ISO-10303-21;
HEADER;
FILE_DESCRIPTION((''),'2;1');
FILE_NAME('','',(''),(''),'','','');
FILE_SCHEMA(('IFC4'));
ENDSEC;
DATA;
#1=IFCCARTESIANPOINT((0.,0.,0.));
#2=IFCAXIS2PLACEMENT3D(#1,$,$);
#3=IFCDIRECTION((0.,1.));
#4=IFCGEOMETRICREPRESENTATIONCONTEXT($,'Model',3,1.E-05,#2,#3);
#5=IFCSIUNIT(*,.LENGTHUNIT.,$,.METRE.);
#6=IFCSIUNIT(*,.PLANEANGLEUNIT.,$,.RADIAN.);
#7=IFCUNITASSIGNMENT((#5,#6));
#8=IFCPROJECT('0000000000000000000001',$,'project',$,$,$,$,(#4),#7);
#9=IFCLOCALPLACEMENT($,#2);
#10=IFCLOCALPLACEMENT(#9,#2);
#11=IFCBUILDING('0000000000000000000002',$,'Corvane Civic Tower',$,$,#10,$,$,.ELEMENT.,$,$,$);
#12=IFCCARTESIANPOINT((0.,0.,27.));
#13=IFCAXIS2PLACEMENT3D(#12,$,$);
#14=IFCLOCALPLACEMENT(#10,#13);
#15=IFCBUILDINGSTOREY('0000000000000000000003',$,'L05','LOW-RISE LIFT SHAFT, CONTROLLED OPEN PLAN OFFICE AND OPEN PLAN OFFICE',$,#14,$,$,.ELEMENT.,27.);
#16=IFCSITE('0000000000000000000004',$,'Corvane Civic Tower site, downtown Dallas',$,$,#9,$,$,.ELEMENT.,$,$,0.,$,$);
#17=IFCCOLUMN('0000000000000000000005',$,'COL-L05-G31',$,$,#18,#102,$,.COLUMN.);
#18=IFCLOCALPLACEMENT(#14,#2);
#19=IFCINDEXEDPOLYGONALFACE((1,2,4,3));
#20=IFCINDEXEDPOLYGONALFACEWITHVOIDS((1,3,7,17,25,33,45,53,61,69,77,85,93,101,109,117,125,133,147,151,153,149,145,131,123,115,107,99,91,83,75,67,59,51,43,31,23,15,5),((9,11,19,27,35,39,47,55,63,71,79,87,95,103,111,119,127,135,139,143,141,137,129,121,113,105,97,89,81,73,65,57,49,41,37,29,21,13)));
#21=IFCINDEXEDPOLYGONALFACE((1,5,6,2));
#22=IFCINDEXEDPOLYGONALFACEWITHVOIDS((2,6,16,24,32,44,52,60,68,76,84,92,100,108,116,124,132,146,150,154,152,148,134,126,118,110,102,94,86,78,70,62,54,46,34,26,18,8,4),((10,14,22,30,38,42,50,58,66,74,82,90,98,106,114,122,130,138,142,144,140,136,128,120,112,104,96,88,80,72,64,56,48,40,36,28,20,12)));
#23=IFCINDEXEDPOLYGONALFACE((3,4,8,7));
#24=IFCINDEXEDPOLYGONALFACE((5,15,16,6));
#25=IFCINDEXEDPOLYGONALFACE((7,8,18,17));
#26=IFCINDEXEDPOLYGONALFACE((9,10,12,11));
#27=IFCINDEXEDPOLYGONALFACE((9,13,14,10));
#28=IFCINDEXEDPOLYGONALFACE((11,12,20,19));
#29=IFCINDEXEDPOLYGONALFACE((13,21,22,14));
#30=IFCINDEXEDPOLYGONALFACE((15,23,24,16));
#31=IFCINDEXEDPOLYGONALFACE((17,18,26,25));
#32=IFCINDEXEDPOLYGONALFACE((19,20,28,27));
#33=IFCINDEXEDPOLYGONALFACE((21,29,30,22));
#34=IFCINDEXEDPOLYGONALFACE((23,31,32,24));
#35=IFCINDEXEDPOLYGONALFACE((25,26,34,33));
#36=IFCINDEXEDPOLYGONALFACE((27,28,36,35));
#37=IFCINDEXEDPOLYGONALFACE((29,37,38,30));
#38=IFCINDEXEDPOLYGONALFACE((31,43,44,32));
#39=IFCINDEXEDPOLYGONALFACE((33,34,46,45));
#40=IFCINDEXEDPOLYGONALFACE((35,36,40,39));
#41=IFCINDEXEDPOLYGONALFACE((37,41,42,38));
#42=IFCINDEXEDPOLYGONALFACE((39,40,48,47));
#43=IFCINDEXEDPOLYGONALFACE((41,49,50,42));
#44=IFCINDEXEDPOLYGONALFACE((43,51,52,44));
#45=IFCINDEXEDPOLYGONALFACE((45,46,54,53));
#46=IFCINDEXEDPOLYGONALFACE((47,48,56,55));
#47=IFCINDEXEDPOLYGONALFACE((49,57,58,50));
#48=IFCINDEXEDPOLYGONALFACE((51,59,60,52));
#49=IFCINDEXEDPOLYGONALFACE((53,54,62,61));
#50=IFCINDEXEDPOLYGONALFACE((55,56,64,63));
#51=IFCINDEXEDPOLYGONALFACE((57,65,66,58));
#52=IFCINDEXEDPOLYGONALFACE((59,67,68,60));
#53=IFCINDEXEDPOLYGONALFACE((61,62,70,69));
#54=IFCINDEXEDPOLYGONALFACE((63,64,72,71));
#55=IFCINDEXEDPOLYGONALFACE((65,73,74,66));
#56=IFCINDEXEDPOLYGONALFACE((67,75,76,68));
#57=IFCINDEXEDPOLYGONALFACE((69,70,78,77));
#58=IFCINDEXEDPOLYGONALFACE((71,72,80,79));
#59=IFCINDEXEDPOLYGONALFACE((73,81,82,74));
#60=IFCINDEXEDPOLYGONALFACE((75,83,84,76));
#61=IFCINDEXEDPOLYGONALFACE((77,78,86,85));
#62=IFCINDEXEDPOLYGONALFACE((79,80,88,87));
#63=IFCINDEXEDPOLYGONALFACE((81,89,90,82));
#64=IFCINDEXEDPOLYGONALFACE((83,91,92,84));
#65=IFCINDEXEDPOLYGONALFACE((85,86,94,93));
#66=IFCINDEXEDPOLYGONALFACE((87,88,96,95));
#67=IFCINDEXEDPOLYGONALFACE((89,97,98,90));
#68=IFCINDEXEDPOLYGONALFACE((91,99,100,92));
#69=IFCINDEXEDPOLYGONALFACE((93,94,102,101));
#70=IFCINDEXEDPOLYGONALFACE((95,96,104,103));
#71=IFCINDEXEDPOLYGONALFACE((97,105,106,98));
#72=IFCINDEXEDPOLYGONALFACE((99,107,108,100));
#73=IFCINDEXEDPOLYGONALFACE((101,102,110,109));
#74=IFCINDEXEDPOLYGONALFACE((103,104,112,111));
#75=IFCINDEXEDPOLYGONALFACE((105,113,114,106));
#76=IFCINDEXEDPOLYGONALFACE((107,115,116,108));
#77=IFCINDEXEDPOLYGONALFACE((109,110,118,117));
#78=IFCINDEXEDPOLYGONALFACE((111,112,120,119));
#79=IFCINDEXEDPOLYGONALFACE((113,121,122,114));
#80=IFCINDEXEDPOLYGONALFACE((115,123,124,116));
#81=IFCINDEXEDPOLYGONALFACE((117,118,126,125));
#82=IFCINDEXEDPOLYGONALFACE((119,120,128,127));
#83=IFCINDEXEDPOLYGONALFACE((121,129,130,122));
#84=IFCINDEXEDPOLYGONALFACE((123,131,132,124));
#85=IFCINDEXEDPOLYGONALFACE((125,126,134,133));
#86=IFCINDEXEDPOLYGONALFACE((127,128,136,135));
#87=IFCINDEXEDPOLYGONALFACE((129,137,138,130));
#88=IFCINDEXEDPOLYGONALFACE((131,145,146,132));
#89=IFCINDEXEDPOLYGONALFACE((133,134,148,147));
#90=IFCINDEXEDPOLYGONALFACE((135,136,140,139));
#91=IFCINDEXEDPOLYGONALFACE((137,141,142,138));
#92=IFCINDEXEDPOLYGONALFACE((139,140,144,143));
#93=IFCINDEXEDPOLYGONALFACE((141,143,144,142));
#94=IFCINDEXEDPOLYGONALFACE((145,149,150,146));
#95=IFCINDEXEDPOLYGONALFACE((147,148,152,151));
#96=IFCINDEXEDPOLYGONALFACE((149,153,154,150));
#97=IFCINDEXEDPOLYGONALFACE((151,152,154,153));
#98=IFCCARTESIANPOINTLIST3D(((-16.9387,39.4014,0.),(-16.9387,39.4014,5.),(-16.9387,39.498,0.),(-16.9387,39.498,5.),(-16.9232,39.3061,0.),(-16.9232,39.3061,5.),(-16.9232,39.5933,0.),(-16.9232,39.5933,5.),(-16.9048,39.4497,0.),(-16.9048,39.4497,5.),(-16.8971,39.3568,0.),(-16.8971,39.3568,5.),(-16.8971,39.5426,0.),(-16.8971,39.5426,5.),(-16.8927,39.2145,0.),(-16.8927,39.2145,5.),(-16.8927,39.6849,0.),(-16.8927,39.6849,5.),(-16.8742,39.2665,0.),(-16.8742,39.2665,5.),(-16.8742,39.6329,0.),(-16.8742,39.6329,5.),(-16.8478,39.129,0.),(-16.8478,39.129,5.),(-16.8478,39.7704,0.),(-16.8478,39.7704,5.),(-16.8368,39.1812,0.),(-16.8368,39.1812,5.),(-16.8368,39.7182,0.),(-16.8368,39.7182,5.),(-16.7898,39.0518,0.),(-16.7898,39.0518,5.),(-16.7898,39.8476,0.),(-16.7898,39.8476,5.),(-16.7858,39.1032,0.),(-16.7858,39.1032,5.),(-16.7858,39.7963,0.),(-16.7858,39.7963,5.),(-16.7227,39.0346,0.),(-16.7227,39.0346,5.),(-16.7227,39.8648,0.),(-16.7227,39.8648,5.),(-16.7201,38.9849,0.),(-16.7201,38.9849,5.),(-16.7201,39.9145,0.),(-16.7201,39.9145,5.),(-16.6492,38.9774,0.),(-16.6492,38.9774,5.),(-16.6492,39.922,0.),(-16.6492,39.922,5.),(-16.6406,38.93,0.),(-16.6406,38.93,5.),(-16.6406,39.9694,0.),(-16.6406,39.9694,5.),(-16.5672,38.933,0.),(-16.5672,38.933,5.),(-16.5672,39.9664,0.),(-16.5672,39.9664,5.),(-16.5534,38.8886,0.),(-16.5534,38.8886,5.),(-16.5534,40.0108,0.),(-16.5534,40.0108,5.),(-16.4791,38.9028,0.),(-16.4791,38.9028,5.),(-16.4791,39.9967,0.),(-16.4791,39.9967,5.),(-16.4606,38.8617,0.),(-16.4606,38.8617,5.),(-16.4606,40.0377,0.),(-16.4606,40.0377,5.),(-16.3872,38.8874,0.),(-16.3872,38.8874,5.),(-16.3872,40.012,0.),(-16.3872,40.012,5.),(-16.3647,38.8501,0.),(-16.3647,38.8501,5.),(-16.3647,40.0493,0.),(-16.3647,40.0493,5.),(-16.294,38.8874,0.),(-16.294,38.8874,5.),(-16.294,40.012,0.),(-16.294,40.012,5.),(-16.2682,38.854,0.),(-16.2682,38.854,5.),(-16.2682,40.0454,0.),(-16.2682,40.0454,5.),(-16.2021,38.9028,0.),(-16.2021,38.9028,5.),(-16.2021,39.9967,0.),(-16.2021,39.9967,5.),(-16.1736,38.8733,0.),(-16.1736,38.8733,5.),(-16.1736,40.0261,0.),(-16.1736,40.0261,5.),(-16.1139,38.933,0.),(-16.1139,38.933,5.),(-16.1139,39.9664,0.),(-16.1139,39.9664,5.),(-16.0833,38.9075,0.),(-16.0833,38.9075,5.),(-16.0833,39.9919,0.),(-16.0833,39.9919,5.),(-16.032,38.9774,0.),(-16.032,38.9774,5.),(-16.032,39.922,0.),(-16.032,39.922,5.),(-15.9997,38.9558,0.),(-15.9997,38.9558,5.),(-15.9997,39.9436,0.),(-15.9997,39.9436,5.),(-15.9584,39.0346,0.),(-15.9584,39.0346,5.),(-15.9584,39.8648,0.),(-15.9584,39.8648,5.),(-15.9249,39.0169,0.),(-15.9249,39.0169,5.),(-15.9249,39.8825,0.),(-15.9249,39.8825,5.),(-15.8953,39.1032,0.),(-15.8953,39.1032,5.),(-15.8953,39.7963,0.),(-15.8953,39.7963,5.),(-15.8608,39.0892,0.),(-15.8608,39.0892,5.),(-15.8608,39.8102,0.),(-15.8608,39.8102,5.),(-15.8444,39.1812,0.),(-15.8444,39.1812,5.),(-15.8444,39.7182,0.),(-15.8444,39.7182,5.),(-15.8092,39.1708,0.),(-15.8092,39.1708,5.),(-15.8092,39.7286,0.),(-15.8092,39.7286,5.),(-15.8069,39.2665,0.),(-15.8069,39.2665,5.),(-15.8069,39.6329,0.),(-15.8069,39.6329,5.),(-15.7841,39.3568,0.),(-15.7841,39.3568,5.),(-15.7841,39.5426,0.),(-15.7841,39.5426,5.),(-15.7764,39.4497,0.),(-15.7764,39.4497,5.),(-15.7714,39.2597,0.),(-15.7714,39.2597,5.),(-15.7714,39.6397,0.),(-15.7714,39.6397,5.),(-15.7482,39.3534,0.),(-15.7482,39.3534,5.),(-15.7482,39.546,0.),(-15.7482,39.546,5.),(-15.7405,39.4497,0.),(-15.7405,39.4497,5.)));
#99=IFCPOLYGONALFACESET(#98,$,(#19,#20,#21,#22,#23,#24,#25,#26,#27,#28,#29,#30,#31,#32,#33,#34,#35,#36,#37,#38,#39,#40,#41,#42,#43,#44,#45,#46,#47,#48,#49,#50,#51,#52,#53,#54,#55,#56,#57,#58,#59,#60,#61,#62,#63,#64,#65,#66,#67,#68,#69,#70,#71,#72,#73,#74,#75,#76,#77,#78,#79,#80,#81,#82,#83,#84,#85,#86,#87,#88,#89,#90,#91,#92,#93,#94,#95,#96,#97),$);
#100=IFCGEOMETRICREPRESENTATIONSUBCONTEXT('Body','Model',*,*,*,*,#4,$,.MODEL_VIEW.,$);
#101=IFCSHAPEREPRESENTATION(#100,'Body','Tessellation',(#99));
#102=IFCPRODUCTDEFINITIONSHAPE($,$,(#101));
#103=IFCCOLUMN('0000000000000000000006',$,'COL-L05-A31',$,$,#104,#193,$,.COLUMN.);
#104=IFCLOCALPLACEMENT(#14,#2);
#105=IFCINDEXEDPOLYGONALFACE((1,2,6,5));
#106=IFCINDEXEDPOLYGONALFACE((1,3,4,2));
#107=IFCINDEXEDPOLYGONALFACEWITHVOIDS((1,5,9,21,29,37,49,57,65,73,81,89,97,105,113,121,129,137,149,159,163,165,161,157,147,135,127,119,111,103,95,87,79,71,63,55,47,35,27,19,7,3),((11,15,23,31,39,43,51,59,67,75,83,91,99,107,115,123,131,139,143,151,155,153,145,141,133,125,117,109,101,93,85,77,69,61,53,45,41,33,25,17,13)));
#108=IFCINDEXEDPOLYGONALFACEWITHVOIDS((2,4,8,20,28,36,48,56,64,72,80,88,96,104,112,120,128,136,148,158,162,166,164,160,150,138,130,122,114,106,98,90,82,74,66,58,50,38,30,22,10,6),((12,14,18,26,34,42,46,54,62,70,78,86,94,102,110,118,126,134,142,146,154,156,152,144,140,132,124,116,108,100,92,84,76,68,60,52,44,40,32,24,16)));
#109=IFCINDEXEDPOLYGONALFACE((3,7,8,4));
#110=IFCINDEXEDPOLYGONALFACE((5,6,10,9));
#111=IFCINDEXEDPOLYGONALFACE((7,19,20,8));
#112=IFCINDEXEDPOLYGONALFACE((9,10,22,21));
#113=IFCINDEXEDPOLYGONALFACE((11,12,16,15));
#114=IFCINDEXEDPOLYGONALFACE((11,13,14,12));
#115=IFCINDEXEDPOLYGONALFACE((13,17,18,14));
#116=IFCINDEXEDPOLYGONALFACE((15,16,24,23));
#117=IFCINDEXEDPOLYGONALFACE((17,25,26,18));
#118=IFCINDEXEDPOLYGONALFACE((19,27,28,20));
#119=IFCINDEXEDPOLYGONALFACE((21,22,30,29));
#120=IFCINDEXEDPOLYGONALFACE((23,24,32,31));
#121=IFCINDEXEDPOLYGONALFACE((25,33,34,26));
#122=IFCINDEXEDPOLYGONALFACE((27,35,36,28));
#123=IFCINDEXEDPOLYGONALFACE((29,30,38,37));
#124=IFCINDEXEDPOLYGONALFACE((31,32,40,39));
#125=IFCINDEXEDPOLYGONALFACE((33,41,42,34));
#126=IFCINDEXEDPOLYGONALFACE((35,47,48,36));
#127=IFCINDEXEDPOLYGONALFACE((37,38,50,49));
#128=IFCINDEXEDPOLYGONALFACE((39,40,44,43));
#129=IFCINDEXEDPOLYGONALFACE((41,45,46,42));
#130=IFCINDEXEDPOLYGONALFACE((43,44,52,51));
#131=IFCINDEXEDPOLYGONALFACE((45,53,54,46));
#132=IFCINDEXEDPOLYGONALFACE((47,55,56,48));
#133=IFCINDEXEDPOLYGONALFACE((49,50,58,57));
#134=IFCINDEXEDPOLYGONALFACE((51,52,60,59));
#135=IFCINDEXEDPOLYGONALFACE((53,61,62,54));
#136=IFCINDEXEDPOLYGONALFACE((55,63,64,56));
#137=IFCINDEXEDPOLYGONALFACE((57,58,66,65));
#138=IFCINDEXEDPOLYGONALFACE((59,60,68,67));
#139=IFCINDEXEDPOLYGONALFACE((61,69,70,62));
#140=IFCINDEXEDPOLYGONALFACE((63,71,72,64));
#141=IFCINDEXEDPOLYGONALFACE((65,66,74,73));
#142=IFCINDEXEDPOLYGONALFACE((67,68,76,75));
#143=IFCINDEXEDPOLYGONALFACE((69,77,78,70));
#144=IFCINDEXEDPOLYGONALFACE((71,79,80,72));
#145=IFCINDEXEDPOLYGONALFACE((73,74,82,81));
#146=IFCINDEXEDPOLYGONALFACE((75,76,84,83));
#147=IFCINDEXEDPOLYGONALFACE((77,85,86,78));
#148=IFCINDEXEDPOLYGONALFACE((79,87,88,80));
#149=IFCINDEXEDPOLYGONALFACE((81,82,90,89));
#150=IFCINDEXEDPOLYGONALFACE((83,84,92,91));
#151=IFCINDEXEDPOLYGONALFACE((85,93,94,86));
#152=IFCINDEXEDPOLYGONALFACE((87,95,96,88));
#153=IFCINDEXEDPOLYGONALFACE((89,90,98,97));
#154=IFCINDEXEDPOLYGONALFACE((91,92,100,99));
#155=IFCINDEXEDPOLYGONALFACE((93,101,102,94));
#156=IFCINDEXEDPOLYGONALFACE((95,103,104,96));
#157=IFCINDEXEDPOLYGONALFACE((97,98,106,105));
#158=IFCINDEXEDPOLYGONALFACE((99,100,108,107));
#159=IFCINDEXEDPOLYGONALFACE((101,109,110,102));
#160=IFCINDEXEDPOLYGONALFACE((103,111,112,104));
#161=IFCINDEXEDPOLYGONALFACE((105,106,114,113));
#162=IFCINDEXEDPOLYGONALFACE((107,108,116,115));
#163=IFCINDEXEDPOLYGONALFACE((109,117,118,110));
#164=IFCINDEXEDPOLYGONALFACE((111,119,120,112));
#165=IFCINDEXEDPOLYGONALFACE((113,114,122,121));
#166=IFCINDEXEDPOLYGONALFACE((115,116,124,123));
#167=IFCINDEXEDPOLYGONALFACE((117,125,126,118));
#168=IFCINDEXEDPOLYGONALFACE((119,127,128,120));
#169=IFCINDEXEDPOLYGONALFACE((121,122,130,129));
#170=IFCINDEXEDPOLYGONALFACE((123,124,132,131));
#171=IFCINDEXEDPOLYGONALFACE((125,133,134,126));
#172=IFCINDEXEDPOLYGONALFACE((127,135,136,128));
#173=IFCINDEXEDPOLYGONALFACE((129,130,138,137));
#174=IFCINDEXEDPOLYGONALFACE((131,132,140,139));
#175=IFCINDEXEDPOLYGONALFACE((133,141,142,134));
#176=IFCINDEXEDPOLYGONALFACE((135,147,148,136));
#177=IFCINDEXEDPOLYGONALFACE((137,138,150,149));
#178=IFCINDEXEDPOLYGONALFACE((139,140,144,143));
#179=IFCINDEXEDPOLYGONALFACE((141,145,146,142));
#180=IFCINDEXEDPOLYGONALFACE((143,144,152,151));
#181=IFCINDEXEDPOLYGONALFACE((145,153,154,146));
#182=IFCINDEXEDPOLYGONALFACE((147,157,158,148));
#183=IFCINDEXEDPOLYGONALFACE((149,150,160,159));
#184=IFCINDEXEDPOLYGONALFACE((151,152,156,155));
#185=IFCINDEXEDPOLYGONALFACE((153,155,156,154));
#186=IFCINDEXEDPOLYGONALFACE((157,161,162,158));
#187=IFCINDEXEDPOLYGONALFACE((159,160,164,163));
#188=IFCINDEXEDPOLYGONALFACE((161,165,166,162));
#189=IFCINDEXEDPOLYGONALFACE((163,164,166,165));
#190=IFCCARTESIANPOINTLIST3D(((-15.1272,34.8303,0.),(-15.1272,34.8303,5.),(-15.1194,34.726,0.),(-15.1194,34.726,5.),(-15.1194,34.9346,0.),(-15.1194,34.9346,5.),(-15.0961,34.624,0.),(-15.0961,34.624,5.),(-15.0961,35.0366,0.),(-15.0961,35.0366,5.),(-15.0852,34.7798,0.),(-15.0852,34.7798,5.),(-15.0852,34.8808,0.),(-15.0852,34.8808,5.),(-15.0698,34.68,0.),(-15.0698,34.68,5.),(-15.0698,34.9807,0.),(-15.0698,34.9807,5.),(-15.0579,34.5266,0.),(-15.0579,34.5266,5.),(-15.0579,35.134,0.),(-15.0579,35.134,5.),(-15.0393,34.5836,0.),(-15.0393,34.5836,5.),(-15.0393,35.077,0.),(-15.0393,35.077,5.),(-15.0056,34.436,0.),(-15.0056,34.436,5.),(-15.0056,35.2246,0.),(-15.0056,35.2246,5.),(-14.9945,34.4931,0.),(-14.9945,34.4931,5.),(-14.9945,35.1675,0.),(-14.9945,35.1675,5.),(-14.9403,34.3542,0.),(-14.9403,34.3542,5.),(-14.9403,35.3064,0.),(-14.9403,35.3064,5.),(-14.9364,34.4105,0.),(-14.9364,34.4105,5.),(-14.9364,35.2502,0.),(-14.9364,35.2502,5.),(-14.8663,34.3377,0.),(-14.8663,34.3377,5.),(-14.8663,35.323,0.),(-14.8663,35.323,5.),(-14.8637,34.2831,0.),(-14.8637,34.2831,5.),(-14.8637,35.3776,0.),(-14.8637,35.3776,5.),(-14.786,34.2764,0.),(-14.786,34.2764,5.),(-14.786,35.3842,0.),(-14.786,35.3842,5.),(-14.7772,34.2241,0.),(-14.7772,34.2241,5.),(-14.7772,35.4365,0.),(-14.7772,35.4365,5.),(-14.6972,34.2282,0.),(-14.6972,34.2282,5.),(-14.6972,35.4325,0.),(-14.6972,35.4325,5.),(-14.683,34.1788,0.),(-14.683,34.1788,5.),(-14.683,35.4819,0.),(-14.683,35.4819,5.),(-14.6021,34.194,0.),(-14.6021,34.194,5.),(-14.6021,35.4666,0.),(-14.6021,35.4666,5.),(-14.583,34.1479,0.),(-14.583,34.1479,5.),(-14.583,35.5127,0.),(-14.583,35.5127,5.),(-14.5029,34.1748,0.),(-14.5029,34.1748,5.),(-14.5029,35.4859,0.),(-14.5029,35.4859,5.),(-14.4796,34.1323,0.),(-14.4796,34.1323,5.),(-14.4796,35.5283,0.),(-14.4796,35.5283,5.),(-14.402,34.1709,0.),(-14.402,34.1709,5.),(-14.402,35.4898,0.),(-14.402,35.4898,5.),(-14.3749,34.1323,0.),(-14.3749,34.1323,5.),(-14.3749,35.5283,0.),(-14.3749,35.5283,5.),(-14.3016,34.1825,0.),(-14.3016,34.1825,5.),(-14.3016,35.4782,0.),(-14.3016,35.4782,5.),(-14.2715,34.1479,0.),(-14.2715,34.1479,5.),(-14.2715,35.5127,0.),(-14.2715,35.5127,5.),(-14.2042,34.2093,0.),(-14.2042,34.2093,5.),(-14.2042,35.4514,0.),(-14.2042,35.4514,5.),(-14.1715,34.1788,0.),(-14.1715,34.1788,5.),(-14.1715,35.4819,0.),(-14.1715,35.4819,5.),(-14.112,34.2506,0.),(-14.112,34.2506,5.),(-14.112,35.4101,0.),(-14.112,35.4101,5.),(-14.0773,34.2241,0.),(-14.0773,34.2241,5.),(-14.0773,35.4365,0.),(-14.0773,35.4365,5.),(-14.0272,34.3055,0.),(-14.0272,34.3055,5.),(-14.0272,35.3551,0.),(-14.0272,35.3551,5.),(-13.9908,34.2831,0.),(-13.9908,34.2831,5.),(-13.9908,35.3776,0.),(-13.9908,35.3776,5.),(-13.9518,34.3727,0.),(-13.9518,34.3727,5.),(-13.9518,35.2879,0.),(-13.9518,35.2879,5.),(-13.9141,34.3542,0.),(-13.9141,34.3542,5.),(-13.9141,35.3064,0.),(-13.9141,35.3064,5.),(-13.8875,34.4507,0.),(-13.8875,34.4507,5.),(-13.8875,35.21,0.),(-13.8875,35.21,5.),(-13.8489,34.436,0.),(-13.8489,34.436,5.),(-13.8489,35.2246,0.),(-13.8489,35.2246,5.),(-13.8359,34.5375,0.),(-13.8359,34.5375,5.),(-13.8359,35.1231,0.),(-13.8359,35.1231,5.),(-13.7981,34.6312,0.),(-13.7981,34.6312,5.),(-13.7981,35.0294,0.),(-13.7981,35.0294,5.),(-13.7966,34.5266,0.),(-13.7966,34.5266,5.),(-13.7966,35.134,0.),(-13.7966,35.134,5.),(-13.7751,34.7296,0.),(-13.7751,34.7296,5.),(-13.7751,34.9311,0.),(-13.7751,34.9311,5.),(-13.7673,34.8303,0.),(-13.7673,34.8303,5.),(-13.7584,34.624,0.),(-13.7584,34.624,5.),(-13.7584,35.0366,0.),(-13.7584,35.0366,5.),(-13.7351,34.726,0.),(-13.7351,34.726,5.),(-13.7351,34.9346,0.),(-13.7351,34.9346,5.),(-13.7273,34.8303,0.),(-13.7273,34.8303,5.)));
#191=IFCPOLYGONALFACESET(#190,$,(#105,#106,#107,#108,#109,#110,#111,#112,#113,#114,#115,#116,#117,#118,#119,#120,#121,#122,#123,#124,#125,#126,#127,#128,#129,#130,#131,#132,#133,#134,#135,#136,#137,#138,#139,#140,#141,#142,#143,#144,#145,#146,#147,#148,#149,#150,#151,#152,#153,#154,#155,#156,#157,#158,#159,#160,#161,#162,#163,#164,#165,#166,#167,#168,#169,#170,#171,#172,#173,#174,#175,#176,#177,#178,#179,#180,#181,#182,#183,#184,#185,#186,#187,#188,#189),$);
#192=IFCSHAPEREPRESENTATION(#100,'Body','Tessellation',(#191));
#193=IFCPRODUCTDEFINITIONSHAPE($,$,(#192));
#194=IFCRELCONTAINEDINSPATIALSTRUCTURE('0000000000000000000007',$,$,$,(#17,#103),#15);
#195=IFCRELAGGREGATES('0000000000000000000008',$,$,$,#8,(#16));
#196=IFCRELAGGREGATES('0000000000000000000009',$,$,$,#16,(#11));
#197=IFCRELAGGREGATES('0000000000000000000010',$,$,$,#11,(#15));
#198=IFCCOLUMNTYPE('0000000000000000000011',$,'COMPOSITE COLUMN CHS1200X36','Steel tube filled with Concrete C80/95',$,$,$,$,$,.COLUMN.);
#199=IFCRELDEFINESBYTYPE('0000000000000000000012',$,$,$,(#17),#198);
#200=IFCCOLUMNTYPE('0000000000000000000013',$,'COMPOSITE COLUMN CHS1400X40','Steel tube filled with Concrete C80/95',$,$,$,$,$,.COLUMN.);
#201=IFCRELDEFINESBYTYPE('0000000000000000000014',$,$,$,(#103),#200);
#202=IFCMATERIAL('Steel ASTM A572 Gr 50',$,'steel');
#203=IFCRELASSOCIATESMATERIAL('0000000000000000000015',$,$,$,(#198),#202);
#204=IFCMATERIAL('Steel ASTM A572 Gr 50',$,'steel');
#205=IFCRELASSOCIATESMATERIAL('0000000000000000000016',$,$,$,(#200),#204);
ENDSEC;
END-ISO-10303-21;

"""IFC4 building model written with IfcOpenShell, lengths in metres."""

from ifc_helpers import new_model, si_unit, direction, frame, origin, origin_2d, place, context, subcontext, project, spatial, hollow_circle, extrude, material, material_profile, profile_set, type_object, element, save


model = new_model("IFC4")

# Units and contexts
model_context = context("Model", 3, precision=1e-05, world=origin(), true_north=direction((0.0, 1.0)))
body_context = subcontext(model_context, "Body", "Model", "MODEL_VIEW")
ifc_project = project(units=[si_unit("LENGTHUNIT", "METRE"), si_unit("PLANEANGLEUNIT", "RADIAN")], contexts=[model_context])

# Site, building, storey
site_placement = place(None, origin())
site = spatial("IfcSite", under=ifc_project, at=site_placement, Name="Corvane Civic Tower site, downtown Dallas", CompositionType="ELEMENT", RefElevation=0.0)
building_placement = place(site_placement, origin())
building = spatial("IfcBuilding", under=site, at=building_placement, Name="Corvane Civic Tower", CompositionType="ELEMENT")
storey_placement = place(building_placement, frame((0.0, 0.0, 27.0)))
storey = spatial("IfcBuildingStorey", under=building, at=storey_placement, Name="L05", Description="LOW-RISE LIFT SHAFT, CONTROLLED OPEN PLAN OFFICE AND OPEN PLAN OFFICE", CompositionType="ELEMENT", Elevation=27.0)

# Columns
ifc_material_1 = material(Name="Steel ASTM A572 Gr 50", Category="steel")
ifc_material_profile_1 = material_profile(ifc_material_1, hollow_circle(Radius=0.6001, WallThickness=0.0359, at=origin_2d()), Name="CHS1200X36")
ifc_profile_set_1 = profile_set([ifc_material_profile_1], Name="Steel ASTM A572 Gr 50")
column_type_1 = type_object("IfcColumnType", Name="COMPOSITE COLUMN CHS1200X36", Description="Steel tube filled with Concrete C80/95", PredefinedType="COLUMN", material=ifc_profile_set_1)
column_1_placement = place(storey_placement, frame((-16.3406, 39.4497, 0.0), z_axis=(0.0, 0.0, 1.0), x_axis=(1.0, 0.0, 0.0)))
element("IfcColumn", 1, at=column_1_placement, inside=storey, type_object=column_type_1, Name="COL-L05-G31", PredefinedType="COLUMN", context=body_context, shape_type="SweptSolid", body=[
    extrude(hollow_circle(Radius=0.6001, WallThickness=0.0359, at=origin_2d()), origin(), (0.0, 0.0, 1.0), 5.0),
])
ifc_material_2 = material(Name="Steel ASTM A572 Gr 50", Category="steel")
ifc_material_profile_2 = material_profile(ifc_material_2, hollow_circle(Radius=0.7, WallThickness=0.04, at=origin_2d()), Name="CHS1400X40")
ifc_profile_set_2 = profile_set([ifc_material_profile_2], Name="Steel ASTM A572 Gr 50")
column_type_2 = type_object("IfcColumnType", Name="COMPOSITE COLUMN CHS1400X40", Description="Steel tube filled with Concrete C80/95", PredefinedType="COLUMN", material=ifc_profile_set_2)
column_2_placement = place(storey_placement, frame((-14.4272, 34.8303, 0.0), z_axis=(0.0, 0.0, 1.0), x_axis=(1.0, 0.0, 0.0)))
element("IfcColumn", 2, at=column_2_placement, inside=storey, type_object=column_type_2, Name="COL-L05-A31", PredefinedType="COLUMN", context=body_context, shape_type="SweptSolid", body=[
    extrude(hollow_circle(Radius=0.7, WallThickness=0.04, at=origin_2d()), origin(), (0.0, 0.0, 1.0), 5.0),
])

save(model, "model.ifc")
